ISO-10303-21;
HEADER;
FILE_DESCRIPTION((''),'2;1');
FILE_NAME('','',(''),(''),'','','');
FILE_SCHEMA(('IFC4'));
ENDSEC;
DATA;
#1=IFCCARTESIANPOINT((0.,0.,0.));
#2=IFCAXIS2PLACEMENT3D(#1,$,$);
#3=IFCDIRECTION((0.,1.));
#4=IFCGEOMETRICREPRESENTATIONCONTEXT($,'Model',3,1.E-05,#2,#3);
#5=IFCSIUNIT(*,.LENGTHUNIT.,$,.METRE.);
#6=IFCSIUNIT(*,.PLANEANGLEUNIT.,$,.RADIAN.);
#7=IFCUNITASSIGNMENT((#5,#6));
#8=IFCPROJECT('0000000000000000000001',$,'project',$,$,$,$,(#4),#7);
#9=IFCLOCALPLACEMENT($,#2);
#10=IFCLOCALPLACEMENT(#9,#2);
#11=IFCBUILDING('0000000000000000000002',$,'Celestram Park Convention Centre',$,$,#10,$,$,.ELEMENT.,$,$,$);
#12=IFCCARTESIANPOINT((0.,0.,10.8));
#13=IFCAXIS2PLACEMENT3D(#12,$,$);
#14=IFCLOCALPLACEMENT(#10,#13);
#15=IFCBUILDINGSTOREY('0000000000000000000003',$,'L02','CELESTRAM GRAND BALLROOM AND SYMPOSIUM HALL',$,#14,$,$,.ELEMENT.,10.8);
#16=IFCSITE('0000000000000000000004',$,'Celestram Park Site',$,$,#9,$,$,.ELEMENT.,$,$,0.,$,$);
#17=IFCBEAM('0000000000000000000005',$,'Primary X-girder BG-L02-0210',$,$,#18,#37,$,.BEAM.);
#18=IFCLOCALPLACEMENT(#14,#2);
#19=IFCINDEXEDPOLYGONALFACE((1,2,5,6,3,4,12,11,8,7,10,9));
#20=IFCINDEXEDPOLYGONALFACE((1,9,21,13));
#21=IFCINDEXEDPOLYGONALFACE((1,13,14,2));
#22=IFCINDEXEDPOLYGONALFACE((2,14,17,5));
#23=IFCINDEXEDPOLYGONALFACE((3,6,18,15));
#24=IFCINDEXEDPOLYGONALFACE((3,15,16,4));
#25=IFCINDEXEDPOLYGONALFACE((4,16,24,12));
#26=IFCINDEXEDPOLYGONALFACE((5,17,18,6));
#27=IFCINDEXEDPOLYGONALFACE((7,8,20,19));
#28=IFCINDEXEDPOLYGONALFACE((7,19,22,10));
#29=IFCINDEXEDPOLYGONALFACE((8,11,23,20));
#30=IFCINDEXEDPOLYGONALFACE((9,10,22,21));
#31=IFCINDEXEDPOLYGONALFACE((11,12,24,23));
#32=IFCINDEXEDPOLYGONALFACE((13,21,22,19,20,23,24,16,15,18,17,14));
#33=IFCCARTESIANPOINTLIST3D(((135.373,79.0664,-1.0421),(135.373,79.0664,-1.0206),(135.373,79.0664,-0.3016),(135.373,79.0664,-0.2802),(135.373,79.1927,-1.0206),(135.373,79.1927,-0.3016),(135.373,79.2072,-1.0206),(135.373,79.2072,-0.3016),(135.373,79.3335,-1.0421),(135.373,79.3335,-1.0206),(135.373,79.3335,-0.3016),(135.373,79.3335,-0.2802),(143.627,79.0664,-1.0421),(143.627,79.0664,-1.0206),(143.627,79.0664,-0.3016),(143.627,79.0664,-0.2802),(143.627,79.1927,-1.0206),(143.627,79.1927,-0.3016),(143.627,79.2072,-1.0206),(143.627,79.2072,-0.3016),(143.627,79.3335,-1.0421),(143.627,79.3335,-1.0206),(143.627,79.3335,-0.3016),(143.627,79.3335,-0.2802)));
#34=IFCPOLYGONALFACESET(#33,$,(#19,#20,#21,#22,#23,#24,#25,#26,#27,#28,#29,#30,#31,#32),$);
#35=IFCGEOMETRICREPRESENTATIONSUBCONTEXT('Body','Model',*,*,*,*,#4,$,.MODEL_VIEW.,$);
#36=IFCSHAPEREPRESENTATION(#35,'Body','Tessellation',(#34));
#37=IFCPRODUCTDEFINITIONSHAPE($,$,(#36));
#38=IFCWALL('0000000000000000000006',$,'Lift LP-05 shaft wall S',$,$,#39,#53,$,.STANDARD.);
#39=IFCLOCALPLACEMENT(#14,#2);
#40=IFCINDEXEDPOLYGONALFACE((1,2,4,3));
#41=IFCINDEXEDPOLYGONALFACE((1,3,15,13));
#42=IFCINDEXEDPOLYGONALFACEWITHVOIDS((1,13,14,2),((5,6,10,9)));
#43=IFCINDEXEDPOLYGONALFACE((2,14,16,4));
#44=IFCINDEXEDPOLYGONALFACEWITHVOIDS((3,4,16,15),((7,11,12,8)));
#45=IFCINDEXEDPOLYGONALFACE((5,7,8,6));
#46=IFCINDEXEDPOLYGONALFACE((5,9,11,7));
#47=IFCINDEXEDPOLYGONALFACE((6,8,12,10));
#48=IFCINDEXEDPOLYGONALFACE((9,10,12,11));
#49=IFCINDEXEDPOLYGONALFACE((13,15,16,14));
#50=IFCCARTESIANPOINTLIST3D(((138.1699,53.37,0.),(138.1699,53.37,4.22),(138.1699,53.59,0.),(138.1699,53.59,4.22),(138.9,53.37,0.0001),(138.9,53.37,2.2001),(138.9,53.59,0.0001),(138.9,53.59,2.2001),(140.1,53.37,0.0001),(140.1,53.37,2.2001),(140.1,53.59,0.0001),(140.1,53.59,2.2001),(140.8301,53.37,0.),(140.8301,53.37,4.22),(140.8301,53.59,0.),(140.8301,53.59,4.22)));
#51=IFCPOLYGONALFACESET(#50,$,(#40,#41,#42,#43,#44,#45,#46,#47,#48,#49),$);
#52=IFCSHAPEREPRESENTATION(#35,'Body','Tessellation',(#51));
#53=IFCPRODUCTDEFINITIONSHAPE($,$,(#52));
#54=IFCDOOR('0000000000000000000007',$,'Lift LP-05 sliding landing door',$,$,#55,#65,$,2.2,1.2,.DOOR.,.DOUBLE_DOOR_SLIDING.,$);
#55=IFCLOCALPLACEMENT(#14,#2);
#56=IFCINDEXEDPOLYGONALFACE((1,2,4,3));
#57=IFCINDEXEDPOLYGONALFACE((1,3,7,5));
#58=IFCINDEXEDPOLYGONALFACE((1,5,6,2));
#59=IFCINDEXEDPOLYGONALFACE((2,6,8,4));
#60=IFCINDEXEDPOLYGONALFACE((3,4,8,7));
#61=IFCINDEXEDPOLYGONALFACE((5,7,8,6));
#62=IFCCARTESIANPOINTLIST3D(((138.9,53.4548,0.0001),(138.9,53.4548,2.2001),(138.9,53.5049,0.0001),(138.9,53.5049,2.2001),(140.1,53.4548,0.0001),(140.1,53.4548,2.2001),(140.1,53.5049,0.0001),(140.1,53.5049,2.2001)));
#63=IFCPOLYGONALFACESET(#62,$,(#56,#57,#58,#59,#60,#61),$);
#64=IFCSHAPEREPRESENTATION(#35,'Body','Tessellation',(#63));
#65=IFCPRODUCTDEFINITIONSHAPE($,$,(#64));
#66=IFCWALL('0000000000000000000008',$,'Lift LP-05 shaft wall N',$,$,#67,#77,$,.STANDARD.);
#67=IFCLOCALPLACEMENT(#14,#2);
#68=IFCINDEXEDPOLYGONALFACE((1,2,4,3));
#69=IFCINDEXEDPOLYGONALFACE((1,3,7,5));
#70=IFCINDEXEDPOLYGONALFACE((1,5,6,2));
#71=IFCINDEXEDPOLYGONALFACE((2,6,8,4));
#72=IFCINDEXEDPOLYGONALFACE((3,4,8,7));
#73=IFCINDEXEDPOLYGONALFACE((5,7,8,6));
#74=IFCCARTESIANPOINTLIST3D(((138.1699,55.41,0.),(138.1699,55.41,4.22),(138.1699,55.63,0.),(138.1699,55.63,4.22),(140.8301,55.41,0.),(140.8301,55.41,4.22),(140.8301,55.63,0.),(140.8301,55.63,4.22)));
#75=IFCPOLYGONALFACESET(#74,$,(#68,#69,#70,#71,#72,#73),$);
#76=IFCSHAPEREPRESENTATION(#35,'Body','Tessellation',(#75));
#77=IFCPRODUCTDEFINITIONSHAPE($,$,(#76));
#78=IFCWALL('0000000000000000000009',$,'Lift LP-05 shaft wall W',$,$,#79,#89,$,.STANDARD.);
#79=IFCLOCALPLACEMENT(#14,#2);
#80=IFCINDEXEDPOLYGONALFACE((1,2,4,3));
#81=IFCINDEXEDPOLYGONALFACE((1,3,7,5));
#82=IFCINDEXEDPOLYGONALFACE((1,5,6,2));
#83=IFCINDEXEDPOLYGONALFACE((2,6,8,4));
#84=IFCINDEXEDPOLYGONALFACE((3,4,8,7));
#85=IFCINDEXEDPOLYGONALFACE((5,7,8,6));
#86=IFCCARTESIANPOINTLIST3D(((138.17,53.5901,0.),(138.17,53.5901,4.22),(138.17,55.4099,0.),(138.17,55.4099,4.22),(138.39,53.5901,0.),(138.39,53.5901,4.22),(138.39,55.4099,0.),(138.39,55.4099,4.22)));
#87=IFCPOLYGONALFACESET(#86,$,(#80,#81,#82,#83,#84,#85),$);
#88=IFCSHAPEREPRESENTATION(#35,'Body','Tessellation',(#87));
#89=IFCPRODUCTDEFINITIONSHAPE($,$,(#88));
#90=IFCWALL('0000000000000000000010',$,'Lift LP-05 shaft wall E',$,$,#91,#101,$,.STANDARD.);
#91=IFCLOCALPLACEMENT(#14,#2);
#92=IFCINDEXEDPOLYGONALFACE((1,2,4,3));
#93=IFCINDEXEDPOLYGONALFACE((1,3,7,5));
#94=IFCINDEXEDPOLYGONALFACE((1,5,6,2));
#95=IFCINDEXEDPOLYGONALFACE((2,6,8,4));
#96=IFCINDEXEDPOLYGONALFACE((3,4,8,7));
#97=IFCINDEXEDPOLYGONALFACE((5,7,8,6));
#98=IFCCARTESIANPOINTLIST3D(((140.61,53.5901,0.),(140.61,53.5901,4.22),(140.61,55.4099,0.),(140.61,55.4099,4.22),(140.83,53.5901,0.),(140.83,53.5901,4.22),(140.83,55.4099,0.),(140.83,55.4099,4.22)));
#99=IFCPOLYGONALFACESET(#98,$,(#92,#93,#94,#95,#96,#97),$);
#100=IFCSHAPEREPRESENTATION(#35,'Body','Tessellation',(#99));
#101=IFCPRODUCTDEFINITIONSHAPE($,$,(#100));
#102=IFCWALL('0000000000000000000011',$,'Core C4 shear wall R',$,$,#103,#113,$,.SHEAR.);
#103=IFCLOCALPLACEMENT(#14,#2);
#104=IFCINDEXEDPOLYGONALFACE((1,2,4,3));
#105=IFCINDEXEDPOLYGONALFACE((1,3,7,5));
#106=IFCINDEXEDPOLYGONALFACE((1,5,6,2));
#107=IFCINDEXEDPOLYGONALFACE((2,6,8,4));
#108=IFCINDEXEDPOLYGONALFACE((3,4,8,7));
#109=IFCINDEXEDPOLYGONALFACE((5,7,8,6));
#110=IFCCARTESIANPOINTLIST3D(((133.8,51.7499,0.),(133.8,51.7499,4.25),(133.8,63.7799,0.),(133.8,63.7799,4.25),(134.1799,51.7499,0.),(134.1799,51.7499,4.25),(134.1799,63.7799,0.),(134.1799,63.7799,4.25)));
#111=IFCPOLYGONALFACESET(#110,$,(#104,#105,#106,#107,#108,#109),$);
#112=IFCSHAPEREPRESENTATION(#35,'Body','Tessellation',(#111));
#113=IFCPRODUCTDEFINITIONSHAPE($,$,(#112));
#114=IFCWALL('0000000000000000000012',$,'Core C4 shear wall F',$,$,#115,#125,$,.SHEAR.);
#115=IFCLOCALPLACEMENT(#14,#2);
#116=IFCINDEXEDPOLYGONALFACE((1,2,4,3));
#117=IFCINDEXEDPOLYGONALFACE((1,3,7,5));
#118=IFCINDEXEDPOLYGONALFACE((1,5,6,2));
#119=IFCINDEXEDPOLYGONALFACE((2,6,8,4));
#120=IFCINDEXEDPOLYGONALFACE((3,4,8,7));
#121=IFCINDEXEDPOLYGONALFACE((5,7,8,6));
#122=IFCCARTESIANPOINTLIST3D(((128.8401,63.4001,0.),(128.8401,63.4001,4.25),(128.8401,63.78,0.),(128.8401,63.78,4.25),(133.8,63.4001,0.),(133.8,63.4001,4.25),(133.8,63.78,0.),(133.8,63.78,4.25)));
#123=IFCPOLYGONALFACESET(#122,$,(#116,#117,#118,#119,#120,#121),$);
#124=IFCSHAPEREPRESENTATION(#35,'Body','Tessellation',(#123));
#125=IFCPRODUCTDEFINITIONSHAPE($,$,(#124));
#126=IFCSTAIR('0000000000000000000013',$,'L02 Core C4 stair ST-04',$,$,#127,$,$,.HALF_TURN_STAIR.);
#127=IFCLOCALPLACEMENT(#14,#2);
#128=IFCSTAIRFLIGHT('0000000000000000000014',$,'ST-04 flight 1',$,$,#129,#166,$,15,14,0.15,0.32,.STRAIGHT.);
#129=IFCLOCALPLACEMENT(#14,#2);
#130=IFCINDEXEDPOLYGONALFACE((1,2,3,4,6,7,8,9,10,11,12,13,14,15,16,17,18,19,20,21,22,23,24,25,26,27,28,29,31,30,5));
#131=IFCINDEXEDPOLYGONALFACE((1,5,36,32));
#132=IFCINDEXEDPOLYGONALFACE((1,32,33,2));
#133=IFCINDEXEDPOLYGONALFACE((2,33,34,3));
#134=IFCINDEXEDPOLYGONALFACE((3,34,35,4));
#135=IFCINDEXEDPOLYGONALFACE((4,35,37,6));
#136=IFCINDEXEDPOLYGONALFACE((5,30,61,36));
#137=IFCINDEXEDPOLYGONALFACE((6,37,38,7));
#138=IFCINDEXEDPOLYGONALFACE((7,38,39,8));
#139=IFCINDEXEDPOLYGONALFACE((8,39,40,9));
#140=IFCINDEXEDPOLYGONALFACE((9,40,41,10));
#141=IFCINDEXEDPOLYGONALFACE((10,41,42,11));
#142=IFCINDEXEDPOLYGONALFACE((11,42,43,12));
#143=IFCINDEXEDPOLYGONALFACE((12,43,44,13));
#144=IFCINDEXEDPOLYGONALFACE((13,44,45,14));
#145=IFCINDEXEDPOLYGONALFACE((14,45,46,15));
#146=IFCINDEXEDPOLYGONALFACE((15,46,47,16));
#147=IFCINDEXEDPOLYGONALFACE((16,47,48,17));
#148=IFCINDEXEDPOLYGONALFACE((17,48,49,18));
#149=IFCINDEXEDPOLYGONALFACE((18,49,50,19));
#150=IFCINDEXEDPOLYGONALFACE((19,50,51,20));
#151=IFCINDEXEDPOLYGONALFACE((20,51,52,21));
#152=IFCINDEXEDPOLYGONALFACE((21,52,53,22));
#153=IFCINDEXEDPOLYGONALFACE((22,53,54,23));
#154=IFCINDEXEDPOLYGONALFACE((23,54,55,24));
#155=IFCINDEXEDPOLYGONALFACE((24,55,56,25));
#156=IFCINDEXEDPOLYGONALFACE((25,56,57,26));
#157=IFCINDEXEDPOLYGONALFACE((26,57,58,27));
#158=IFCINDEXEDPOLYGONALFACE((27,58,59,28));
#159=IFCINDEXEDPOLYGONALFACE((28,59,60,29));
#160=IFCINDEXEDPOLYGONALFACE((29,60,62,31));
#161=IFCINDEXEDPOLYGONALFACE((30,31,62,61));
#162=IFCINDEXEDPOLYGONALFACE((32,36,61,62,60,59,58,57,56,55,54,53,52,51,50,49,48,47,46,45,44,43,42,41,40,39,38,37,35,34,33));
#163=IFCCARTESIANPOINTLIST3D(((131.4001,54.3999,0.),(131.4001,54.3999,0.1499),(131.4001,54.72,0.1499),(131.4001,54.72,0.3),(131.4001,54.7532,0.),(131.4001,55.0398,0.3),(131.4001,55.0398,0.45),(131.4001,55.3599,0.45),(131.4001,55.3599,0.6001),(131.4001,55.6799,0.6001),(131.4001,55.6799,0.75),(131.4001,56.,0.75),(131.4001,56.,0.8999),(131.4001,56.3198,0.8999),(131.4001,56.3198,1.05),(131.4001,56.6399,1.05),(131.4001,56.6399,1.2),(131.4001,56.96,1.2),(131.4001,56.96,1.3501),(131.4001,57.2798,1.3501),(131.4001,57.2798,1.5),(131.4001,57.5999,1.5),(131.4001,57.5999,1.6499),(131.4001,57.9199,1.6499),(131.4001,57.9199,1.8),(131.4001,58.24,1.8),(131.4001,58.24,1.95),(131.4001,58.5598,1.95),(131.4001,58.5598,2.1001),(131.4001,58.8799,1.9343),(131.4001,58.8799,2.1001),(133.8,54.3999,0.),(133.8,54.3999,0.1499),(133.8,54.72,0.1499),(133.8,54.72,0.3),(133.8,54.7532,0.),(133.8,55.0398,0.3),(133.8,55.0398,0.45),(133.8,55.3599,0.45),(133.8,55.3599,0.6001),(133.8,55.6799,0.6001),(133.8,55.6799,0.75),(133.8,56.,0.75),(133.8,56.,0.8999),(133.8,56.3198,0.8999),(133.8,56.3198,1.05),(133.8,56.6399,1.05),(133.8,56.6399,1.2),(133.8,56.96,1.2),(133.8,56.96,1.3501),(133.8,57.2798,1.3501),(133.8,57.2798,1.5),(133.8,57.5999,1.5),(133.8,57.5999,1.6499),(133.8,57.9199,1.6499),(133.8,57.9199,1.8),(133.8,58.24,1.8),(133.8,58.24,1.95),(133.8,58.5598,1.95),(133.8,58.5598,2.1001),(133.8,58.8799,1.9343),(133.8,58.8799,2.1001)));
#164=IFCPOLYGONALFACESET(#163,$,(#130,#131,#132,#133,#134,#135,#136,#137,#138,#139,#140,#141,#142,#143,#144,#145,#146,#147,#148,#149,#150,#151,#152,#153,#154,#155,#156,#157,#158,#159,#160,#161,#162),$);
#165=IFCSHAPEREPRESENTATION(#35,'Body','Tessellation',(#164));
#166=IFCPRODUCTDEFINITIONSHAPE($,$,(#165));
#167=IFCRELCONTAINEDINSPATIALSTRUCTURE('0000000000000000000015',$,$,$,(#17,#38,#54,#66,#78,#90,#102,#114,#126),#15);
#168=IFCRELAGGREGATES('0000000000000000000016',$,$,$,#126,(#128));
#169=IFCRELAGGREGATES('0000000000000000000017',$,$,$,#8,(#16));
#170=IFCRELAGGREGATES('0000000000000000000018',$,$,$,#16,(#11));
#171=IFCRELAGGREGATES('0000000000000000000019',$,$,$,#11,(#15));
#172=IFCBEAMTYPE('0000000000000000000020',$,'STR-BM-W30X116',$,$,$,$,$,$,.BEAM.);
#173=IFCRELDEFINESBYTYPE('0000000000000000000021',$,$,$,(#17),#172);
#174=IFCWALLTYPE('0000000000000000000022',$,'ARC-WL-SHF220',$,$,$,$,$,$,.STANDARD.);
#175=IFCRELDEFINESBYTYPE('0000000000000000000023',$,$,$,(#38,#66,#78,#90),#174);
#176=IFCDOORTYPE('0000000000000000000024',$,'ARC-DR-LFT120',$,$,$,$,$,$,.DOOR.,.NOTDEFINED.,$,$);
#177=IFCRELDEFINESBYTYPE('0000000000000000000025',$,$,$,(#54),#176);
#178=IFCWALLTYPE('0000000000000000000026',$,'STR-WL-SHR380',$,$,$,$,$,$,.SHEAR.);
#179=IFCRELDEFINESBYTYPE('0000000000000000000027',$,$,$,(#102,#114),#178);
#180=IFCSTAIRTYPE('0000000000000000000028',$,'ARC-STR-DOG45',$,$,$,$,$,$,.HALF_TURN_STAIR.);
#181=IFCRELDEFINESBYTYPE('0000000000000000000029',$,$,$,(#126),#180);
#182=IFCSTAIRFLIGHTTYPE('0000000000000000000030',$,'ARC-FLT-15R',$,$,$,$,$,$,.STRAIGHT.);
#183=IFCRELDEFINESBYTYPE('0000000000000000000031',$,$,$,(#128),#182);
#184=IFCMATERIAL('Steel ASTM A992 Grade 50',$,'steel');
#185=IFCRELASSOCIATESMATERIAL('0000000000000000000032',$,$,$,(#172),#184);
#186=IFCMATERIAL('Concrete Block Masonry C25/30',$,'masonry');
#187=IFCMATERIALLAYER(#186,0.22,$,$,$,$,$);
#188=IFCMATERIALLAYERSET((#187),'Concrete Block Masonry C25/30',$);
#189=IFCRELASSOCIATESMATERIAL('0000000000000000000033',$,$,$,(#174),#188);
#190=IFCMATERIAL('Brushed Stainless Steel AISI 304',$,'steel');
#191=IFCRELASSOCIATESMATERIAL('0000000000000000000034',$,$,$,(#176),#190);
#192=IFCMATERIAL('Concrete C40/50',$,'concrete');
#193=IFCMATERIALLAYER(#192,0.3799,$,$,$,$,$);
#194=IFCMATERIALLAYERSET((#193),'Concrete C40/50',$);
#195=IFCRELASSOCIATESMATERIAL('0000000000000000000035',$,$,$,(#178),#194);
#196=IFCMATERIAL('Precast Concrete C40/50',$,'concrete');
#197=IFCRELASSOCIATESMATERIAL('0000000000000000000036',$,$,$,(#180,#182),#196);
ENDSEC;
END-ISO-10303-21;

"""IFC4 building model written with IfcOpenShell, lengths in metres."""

from ifc_helpers import new_model, si_unit, direction, frame, frame_2d, origin, origin_2d, place, context, subcontext, project, spatial, polyline, rectangle, i_section, outline, extrude, material, layer, layer_set, material_profile, profile_set, type_object, element, fill, aggregate, save


model = new_model("IFC4")

# Units and contexts
model_context = context("Model", 3, precision=1e-05, world=origin(), true_north=direction((0.0, 1.0)))
body_context = subcontext(model_context, "Body", "Model", "MODEL_VIEW")
ifc_project = project(units=[si_unit("LENGTHUNIT", "METRE"), si_unit("PLANEANGLEUNIT", "RADIAN")], contexts=[model_context])

# Site, building, storey
site_placement = place(None, origin())
site = spatial("IfcSite", under=ifc_project, at=site_placement, Name="Celestram Park Site", CompositionType="ELEMENT", RefElevation=0.0)
building_placement = place(site_placement, origin())
building = spatial("IfcBuilding", under=site, at=building_placement, Name="Celestram Park Convention Centre", CompositionType="ELEMENT")
storey_placement = place(building_placement, frame((0.0, 0.0, 10.8)))
storey = spatial("IfcBuildingStorey", under=building, at=storey_placement, Name="L02", Description="CELESTRAM GRAND BALLROOM AND SYMPOSIUM HALL", CompositionType="ELEMENT", Elevation=10.8)

# Shared definitions
ifc_material_1 = material(Name="Concrete C40/50", Category="concrete")

# Beam
ifc_material_2 = material(Name="Steel ASTM A992 Grade 50", Category="steel")
ifc_material_profile_1 = material_profile(ifc_material_2, i_section(OverallWidth=0.2671, OverallDepth=0.762, WebThickness=0.0144, FlangeThickness=0.0215, at=origin_2d()), Name="W30X116")
ifc_profile_set_1 = profile_set([ifc_material_profile_1], Name="Steel ASTM A992 Grade 50")
beam_type_1 = type_object("IfcBeamType", Name="STR-BM-W30X116", PredefinedType="BEAM", material=ifc_profile_set_1)
for number, where, z_axis, x_axis, name in (
    (1, (135.373, 79.2, -0.6611), (1.0, 0.0, 0.0), (0.0, 1.0, 0.0), "Primary X-girder BG-L02-0210"),
):
    element("IfcBeam", number, at=place(storey_placement, frame(where, z_axis=z_axis, x_axis=x_axis)), inside=storey, type_object=beam_type_1, Name=name, PredefinedType="BEAM", context=body_context, shape_type="SweptSolid", body=[
        extrude(i_section(OverallWidth=0.2671, OverallDepth=0.762, WebThickness=0.0144, FlangeThickness=0.0215, at=origin_2d()), origin(), (0.0, 0.0, 1.0), 8.2539),
    ])

# Wall, opening, door
ifc_material_3 = material(Name="Concrete Block Masonry C25/30", Category="masonry")
ifc_layer_1 = layer(ifc_material_3, 0.22)
ifc_layer_set_1 = layer_set([ifc_layer_1], Name="Concrete Block Masonry C25/30")
wall_type_1 = type_object("IfcWallType", Name="ARC-WL-SHF220", PredefinedType="STANDARD", material=ifc_layer_set_1)
wall_1_placement = place(storey_placement, frame((138.1699, 53.48, 0.0), z_axis=(0.0, 0.0, 1.0), x_axis=(1.0, 0.0, 0.0)))
wall_1 = element("IfcWall", 2, at=wall_1_placement, inside=storey, type_object=wall_type_1, Name="Lift LP-05 shaft wall S", PredefinedType="STANDARD", context=body_context, shape_type="SweptSolid", body=[
    extrude(rectangle(XDim=2.6602, YDim=0.22, at=frame_2d((1.3301, 0.0))), origin(), (0.0, 0.0, 1.0), 4.22),
])
opening_placement = place(wall_1_placement, frame((0.73, 0.0, 0.0)))
opening = element("IfcOpeningElement", 3, at=opening_placement, cuts=wall_1, PredefinedType="OPENING", context=body_context, shape_type="SweptSolid", body=[
    extrude(rectangle(XDim=1.2, YDim=2.2, at=frame_2d((0.6001, 1.1001))), frame((0.0, 0.1199, 0.0), z_axis=(0.0, -1.0, 0.0), x_axis=(1.0, 0.0, 0.0)), (0.0, 0.0, 1.0), 0.24),
])
ifc_material_4 = material(Name="Brushed Stainless Steel AISI 304", Category="steel")
door_type = type_object("IfcDoorType", Name="ARC-DR-LFT120", OperationType="NOTDEFINED", PredefinedType="DOOR", material=ifc_material_4)
door_placement = place(opening_placement, origin())
door = element("IfcDoor", 4, at=door_placement, inside=storey, type_object=door_type, Name="Lift LP-05 sliding landing door", OperationType="DOUBLE_DOOR_SLIDING", OverallHeight=2.2, OverallWidth=1.2, PredefinedType="DOOR", context=body_context, shape_type="SweptSolid", body=[
    extrude(rectangle(XDim=1.2, YDim=2.2, at=frame_2d((0.6001, 1.1001))), frame((0.0, 0.0249, 0.0), z_axis=(0.0, -1.0, 0.0), x_axis=(1.0, 0.0, 0.0)), (0.0, 0.0, 1.0), 0.05),
])
fill(opening, door)

# Walls
wall_2_placement = place(storey_placement, frame((140.8301, 55.52, 0.0), z_axis=(0.0, 0.0, 1.0), x_axis=(-1.0, 0.0, 0.0)))
element("IfcWall", 5, at=wall_2_placement, inside=storey, type_object=wall_type_1, Name="Lift LP-05 shaft wall N", PredefinedType="STANDARD", context=body_context, shape_type="SweptSolid", body=[
    extrude(rectangle(XDim=2.6602, YDim=0.22, at=frame_2d((1.3301, 0.0))), origin(), (0.0, 0.0, 1.0), 4.22),
])
for number, where, z_axis, x_axis, name in (
    (6, (138.28, 55.4099, 0.0), (0.0, 0.0, 1.0), (0.0, -1.0, 0.0), "Lift LP-05 shaft wall W"),
    (7, (140.72, 53.5901, 0.0), (0.0, 0.0, 1.0), (0.0, 1.0, 0.0), "Lift LP-05 shaft wall E"),
):
    element("IfcWall", number, at=place(storey_placement, frame(where, z_axis=z_axis, x_axis=x_axis)), inside=storey, type_object=wall_type_1, Name=name, PredefinedType="STANDARD", context=body_context, shape_type="SweptSolid", body=[
        extrude(rectangle(XDim=1.8198, YDim=0.22, at=frame_2d((0.9099, 0.0))), origin(), (0.0, 0.0, 1.0), 4.22),
    ])
ifc_layer_2 = layer(ifc_material_1, 0.3799)
ifc_layer_set_2 = layer_set([ifc_layer_2], Name="Concrete C40/50")
wall_type_2 = type_object("IfcWallType", Name="STR-WL-SHR380", PredefinedType="SHEAR", material=ifc_layer_set_2)
wall_3_placement = place(storey_placement, frame((133.99, 63.78, 0.0), z_axis=(0.0, 0.0, 1.0), x_axis=(0.0, -1.0, 0.0)))
element("IfcWall", 8, at=wall_3_placement, inside=storey, type_object=wall_type_2, Name="Core C4 shear wall R", PredefinedType="SHEAR", context=body_context, shape_type="SweptSolid", body=[
    extrude(rectangle(XDim=12.03, YDim=0.3799, at=frame_2d((6.0151, 0.0))), origin(), (0.0, 0.0, 1.0), 4.25),
])
wall_4_placement = place(storey_placement, frame((128.8401, 63.5901, 0.0), z_axis=(0.0, 0.0, 1.0), x_axis=(1.0, 0.0, 0.0)))
element("IfcWall", 9, at=wall_4_placement, inside=storey, type_object=wall_type_2, Name="Core C4 shear wall F", PredefinedType="SHEAR", context=body_context, shape_type="SweptSolid", body=[
    extrude(rectangle(XDim=4.96, YDim=0.3799, at=frame_2d((2.48, 0.0))), origin(), (0.0, 0.0, 1.0), 4.25),
])

# Stair, stair flight
ifc_material_5 = material(Name="Precast Concrete C40/50", Category="concrete")
stair_type = type_object("IfcStairType", Name="ARC-STR-DOG45", PredefinedType="HALF_TURN_STAIR", material=ifc_material_5)
stair_placement = place(storey_placement, origin())
stair = element("IfcStair", 10, at=stair_placement, inside=storey, type_object=stair_type, Name="L02 Core C4 stair ST-04", PredefinedType="HALF_TURN_STAIR")
stair_flight_type = type_object("IfcStairFlightType", Name="ARC-FLT-15R", PredefinedType="STRAIGHT", material=ifc_material_5)
stair_flight_1_placement = place(storey_placement, frame((132.6001, 54.3999, 0.0), z_axis=(0.0, 0.0, 1.0), x_axis=(0.0, 1.0, 0.0)))
stair_flight_1 = element("IfcStairFlight", 11, at=stair_flight_1_placement, type_object=stair_flight_type, Name="ST-04 flight 1", NumberOfRisers=15, NumberOfTreads=14, PredefinedType="STRAIGHT", RiserHeight=0.15, TreadLength=0.32, context=body_context, shape_type="SweptSolid", body=[
    extrude(outline(polyline([(0.0, 0.0), (0.0, 0.1499), (0.3201, 0.1499), (0.3201, 0.3), (0.6399, 0.3), (0.6399, 0.45), (0.96, 0.45), (0.96, 0.6001), (1.28, 0.6001), (1.28, 0.75), (1.6001, 0.75), (1.6001, 0.8999), (1.9199, 0.8999), (1.9199, 1.05), (2.24, 1.05), (2.24, 1.2), (2.5601, 1.2), (2.5601, 1.3501), (2.8799, 1.3501), (2.8799, 1.5), (3.2, 1.5), (3.2, 1.6499), (3.52, 1.6499), (3.52, 1.8), (3.8401, 1.8), (3.8401, 1.95), (4.1599, 1.95), (4.1599, 2.1001), (4.48, 2.1001), (4.48, 2.25), (4.48, 1.9343), (0.3533, 0.0), (0.0, 0.0)])), frame((0.0, 1.2, 0.0), z_axis=(0.0, -1.0, 0.0), x_axis=(1.0, 0.0, 0.0)), (0.0, 0.0, 1.0), 2.3999),
])
aggregate(stair, [stair_flight_1])

save(model, "model.ifc")
